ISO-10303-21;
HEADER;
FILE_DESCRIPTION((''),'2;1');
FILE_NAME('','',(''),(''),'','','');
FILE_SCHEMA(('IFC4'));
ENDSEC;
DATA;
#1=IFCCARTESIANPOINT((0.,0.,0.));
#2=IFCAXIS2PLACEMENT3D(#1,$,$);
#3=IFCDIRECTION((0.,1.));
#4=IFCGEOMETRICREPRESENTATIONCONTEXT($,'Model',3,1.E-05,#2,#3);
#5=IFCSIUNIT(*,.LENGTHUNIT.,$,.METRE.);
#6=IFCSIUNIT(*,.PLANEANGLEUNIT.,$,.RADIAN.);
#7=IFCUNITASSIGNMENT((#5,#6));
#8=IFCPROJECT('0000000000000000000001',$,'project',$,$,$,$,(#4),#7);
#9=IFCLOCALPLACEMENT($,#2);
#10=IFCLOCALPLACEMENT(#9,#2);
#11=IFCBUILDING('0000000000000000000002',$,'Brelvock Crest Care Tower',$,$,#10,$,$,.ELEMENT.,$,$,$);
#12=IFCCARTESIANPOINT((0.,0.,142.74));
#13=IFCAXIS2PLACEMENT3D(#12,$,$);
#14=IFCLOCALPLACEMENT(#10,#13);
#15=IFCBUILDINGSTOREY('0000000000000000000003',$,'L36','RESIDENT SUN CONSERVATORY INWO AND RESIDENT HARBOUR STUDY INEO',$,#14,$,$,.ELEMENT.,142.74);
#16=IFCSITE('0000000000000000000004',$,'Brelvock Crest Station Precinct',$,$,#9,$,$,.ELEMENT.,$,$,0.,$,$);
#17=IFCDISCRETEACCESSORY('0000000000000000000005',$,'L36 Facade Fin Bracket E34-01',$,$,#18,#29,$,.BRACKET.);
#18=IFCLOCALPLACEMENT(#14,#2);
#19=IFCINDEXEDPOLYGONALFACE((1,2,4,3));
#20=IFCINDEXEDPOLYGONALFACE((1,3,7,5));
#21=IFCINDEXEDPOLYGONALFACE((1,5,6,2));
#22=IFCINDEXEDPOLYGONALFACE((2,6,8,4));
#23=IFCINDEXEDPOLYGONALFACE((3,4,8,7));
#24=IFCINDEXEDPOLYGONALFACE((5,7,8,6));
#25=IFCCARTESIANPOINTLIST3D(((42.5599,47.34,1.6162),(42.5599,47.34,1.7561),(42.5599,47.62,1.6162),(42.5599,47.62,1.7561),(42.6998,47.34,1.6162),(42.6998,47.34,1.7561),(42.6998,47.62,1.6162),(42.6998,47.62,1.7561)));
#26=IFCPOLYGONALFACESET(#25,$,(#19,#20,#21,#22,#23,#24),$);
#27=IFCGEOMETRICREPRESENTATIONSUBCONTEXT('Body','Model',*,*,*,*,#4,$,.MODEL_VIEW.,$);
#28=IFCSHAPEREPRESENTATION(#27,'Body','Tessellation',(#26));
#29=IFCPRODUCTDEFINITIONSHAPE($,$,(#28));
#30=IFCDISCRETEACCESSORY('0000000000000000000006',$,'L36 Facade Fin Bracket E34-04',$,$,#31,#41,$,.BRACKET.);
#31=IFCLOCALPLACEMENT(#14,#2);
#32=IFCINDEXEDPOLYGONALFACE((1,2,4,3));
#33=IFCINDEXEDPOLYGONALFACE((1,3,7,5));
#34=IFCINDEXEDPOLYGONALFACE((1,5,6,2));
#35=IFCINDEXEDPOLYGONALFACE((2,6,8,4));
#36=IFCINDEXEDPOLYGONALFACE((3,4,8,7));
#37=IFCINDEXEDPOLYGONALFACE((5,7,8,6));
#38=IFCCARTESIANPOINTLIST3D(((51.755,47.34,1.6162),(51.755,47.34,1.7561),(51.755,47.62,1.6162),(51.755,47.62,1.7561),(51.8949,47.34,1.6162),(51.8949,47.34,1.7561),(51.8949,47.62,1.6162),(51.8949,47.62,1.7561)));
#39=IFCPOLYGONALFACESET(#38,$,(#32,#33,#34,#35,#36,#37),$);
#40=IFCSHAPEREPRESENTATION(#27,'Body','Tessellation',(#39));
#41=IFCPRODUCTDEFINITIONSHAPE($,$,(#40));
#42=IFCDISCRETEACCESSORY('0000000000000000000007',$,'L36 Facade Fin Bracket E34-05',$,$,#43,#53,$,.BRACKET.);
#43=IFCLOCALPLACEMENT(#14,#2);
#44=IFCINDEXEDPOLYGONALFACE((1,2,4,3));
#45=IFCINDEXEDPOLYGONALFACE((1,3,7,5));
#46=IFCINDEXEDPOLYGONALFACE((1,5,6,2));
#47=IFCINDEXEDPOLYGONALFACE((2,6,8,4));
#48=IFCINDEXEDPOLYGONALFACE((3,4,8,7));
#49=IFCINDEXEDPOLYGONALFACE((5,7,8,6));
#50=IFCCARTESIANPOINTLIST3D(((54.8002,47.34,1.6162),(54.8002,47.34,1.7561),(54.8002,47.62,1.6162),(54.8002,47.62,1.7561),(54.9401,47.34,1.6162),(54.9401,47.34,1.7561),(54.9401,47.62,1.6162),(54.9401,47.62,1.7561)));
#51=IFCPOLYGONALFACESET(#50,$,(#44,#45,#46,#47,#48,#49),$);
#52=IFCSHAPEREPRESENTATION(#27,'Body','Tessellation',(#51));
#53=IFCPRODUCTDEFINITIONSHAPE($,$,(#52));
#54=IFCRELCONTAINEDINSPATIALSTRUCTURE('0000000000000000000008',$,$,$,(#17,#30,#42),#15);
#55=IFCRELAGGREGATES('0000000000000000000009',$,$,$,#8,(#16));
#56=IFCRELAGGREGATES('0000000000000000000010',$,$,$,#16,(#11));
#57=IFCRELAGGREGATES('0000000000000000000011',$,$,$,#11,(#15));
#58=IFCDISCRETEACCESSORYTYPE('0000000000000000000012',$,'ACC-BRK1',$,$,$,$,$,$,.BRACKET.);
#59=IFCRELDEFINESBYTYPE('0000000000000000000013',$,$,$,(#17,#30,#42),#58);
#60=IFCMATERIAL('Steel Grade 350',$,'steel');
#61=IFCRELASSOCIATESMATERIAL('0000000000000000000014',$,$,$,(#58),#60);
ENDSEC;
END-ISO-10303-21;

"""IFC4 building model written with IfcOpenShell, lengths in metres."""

from ifc_helpers import new_model, si_unit, direction, frame, origin, origin_2d, place, context, subcontext, project, spatial, rectangle, extrude, source, transform, mapped, material, type_object, element, save


model = new_model("IFC4")

# Units and contexts
model_context = context("Model", 3, precision=1e-05, world=origin(), true_north=direction((0.0, 1.0)))
body_context = subcontext(model_context, "Body", "Model", "MODEL_VIEW")
ifc_project = project(units=[si_unit("LENGTHUNIT", "METRE"), si_unit("PLANEANGLEUNIT", "RADIAN")], contexts=[model_context])

# Site, building, storey
site_placement = place(None, origin())
site = spatial("IfcSite", under=ifc_project, at=site_placement, Name="Brelvock Crest Station Precinct", CompositionType="ELEMENT", RefElevation=0.0)
building_placement = place(site_placement, origin())
building = spatial("IfcBuilding", under=site, at=building_placement, Name="Brelvock Crest Care Tower", CompositionType="ELEMENT")
storey_placement = place(building_placement, frame((0.0, 0.0, 142.74)))
storey = spatial("IfcBuildingStorey", under=building, at=storey_placement, Name="L36", Description="RESIDENT SUN CONSERVATORY INWO AND RESIDENT HARBOUR STUDY INEO", CompositionType="ELEMENT", Elevation=142.74)

# Discrete accessories
ifc_material_1 = material(Name="Steel Grade 350", Category="steel")
discrete_accessory_type = type_object("IfcDiscreteAccessoryType", Name="ACC-BRK1", PredefinedType="BRACKET", material=ifc_material_1)
shared_shape_1 = source(origin(), body_context, "Body", "SweptSolid", [
    extrude(rectangle(XDim=0.28, YDim=0.1399, at=origin_2d()), origin(), (0.0, 0.0, 1.0), 0.1399),
])
for number, where, z_axis, x_axis, name in (
    (1, (42.6299, 47.48, 1.6162), (0.0, 0.0, 1.0), (0.0, 1.0, 0.0), "L36 Facade Fin Bracket E34-01"),
    (2, (51.825, 47.48, 1.6162), (0.0, 0.0, 1.0), (0.0, 1.0, 0.0), "L36 Facade Fin Bracket E34-04"),
    (3, (54.8701, 47.48, 1.6162), (0.0, 0.0, 1.0), (0.0, 1.0, 0.0), "L36 Facade Fin Bracket E34-05"),
):
    element("IfcDiscreteAccessory", number, at=place(storey_placement, frame(where, z_axis=z_axis, x_axis=x_axis)), inside=storey, type_object=discrete_accessory_type, Name=name, PredefinedType="BRACKET", context=body_context, shape_type="MappedRepresentation", body=[
        mapped(shared_shape_1, transform((0.0, 0.0, 0.0), x_axis=(1.0, 0.0, 0.0), y_axis=(0.0, 1.0, 0.0), z_axis=(0.0, 0.0, 1.0), scale=1.0)),
    ])

save(model, "model.ifc")
